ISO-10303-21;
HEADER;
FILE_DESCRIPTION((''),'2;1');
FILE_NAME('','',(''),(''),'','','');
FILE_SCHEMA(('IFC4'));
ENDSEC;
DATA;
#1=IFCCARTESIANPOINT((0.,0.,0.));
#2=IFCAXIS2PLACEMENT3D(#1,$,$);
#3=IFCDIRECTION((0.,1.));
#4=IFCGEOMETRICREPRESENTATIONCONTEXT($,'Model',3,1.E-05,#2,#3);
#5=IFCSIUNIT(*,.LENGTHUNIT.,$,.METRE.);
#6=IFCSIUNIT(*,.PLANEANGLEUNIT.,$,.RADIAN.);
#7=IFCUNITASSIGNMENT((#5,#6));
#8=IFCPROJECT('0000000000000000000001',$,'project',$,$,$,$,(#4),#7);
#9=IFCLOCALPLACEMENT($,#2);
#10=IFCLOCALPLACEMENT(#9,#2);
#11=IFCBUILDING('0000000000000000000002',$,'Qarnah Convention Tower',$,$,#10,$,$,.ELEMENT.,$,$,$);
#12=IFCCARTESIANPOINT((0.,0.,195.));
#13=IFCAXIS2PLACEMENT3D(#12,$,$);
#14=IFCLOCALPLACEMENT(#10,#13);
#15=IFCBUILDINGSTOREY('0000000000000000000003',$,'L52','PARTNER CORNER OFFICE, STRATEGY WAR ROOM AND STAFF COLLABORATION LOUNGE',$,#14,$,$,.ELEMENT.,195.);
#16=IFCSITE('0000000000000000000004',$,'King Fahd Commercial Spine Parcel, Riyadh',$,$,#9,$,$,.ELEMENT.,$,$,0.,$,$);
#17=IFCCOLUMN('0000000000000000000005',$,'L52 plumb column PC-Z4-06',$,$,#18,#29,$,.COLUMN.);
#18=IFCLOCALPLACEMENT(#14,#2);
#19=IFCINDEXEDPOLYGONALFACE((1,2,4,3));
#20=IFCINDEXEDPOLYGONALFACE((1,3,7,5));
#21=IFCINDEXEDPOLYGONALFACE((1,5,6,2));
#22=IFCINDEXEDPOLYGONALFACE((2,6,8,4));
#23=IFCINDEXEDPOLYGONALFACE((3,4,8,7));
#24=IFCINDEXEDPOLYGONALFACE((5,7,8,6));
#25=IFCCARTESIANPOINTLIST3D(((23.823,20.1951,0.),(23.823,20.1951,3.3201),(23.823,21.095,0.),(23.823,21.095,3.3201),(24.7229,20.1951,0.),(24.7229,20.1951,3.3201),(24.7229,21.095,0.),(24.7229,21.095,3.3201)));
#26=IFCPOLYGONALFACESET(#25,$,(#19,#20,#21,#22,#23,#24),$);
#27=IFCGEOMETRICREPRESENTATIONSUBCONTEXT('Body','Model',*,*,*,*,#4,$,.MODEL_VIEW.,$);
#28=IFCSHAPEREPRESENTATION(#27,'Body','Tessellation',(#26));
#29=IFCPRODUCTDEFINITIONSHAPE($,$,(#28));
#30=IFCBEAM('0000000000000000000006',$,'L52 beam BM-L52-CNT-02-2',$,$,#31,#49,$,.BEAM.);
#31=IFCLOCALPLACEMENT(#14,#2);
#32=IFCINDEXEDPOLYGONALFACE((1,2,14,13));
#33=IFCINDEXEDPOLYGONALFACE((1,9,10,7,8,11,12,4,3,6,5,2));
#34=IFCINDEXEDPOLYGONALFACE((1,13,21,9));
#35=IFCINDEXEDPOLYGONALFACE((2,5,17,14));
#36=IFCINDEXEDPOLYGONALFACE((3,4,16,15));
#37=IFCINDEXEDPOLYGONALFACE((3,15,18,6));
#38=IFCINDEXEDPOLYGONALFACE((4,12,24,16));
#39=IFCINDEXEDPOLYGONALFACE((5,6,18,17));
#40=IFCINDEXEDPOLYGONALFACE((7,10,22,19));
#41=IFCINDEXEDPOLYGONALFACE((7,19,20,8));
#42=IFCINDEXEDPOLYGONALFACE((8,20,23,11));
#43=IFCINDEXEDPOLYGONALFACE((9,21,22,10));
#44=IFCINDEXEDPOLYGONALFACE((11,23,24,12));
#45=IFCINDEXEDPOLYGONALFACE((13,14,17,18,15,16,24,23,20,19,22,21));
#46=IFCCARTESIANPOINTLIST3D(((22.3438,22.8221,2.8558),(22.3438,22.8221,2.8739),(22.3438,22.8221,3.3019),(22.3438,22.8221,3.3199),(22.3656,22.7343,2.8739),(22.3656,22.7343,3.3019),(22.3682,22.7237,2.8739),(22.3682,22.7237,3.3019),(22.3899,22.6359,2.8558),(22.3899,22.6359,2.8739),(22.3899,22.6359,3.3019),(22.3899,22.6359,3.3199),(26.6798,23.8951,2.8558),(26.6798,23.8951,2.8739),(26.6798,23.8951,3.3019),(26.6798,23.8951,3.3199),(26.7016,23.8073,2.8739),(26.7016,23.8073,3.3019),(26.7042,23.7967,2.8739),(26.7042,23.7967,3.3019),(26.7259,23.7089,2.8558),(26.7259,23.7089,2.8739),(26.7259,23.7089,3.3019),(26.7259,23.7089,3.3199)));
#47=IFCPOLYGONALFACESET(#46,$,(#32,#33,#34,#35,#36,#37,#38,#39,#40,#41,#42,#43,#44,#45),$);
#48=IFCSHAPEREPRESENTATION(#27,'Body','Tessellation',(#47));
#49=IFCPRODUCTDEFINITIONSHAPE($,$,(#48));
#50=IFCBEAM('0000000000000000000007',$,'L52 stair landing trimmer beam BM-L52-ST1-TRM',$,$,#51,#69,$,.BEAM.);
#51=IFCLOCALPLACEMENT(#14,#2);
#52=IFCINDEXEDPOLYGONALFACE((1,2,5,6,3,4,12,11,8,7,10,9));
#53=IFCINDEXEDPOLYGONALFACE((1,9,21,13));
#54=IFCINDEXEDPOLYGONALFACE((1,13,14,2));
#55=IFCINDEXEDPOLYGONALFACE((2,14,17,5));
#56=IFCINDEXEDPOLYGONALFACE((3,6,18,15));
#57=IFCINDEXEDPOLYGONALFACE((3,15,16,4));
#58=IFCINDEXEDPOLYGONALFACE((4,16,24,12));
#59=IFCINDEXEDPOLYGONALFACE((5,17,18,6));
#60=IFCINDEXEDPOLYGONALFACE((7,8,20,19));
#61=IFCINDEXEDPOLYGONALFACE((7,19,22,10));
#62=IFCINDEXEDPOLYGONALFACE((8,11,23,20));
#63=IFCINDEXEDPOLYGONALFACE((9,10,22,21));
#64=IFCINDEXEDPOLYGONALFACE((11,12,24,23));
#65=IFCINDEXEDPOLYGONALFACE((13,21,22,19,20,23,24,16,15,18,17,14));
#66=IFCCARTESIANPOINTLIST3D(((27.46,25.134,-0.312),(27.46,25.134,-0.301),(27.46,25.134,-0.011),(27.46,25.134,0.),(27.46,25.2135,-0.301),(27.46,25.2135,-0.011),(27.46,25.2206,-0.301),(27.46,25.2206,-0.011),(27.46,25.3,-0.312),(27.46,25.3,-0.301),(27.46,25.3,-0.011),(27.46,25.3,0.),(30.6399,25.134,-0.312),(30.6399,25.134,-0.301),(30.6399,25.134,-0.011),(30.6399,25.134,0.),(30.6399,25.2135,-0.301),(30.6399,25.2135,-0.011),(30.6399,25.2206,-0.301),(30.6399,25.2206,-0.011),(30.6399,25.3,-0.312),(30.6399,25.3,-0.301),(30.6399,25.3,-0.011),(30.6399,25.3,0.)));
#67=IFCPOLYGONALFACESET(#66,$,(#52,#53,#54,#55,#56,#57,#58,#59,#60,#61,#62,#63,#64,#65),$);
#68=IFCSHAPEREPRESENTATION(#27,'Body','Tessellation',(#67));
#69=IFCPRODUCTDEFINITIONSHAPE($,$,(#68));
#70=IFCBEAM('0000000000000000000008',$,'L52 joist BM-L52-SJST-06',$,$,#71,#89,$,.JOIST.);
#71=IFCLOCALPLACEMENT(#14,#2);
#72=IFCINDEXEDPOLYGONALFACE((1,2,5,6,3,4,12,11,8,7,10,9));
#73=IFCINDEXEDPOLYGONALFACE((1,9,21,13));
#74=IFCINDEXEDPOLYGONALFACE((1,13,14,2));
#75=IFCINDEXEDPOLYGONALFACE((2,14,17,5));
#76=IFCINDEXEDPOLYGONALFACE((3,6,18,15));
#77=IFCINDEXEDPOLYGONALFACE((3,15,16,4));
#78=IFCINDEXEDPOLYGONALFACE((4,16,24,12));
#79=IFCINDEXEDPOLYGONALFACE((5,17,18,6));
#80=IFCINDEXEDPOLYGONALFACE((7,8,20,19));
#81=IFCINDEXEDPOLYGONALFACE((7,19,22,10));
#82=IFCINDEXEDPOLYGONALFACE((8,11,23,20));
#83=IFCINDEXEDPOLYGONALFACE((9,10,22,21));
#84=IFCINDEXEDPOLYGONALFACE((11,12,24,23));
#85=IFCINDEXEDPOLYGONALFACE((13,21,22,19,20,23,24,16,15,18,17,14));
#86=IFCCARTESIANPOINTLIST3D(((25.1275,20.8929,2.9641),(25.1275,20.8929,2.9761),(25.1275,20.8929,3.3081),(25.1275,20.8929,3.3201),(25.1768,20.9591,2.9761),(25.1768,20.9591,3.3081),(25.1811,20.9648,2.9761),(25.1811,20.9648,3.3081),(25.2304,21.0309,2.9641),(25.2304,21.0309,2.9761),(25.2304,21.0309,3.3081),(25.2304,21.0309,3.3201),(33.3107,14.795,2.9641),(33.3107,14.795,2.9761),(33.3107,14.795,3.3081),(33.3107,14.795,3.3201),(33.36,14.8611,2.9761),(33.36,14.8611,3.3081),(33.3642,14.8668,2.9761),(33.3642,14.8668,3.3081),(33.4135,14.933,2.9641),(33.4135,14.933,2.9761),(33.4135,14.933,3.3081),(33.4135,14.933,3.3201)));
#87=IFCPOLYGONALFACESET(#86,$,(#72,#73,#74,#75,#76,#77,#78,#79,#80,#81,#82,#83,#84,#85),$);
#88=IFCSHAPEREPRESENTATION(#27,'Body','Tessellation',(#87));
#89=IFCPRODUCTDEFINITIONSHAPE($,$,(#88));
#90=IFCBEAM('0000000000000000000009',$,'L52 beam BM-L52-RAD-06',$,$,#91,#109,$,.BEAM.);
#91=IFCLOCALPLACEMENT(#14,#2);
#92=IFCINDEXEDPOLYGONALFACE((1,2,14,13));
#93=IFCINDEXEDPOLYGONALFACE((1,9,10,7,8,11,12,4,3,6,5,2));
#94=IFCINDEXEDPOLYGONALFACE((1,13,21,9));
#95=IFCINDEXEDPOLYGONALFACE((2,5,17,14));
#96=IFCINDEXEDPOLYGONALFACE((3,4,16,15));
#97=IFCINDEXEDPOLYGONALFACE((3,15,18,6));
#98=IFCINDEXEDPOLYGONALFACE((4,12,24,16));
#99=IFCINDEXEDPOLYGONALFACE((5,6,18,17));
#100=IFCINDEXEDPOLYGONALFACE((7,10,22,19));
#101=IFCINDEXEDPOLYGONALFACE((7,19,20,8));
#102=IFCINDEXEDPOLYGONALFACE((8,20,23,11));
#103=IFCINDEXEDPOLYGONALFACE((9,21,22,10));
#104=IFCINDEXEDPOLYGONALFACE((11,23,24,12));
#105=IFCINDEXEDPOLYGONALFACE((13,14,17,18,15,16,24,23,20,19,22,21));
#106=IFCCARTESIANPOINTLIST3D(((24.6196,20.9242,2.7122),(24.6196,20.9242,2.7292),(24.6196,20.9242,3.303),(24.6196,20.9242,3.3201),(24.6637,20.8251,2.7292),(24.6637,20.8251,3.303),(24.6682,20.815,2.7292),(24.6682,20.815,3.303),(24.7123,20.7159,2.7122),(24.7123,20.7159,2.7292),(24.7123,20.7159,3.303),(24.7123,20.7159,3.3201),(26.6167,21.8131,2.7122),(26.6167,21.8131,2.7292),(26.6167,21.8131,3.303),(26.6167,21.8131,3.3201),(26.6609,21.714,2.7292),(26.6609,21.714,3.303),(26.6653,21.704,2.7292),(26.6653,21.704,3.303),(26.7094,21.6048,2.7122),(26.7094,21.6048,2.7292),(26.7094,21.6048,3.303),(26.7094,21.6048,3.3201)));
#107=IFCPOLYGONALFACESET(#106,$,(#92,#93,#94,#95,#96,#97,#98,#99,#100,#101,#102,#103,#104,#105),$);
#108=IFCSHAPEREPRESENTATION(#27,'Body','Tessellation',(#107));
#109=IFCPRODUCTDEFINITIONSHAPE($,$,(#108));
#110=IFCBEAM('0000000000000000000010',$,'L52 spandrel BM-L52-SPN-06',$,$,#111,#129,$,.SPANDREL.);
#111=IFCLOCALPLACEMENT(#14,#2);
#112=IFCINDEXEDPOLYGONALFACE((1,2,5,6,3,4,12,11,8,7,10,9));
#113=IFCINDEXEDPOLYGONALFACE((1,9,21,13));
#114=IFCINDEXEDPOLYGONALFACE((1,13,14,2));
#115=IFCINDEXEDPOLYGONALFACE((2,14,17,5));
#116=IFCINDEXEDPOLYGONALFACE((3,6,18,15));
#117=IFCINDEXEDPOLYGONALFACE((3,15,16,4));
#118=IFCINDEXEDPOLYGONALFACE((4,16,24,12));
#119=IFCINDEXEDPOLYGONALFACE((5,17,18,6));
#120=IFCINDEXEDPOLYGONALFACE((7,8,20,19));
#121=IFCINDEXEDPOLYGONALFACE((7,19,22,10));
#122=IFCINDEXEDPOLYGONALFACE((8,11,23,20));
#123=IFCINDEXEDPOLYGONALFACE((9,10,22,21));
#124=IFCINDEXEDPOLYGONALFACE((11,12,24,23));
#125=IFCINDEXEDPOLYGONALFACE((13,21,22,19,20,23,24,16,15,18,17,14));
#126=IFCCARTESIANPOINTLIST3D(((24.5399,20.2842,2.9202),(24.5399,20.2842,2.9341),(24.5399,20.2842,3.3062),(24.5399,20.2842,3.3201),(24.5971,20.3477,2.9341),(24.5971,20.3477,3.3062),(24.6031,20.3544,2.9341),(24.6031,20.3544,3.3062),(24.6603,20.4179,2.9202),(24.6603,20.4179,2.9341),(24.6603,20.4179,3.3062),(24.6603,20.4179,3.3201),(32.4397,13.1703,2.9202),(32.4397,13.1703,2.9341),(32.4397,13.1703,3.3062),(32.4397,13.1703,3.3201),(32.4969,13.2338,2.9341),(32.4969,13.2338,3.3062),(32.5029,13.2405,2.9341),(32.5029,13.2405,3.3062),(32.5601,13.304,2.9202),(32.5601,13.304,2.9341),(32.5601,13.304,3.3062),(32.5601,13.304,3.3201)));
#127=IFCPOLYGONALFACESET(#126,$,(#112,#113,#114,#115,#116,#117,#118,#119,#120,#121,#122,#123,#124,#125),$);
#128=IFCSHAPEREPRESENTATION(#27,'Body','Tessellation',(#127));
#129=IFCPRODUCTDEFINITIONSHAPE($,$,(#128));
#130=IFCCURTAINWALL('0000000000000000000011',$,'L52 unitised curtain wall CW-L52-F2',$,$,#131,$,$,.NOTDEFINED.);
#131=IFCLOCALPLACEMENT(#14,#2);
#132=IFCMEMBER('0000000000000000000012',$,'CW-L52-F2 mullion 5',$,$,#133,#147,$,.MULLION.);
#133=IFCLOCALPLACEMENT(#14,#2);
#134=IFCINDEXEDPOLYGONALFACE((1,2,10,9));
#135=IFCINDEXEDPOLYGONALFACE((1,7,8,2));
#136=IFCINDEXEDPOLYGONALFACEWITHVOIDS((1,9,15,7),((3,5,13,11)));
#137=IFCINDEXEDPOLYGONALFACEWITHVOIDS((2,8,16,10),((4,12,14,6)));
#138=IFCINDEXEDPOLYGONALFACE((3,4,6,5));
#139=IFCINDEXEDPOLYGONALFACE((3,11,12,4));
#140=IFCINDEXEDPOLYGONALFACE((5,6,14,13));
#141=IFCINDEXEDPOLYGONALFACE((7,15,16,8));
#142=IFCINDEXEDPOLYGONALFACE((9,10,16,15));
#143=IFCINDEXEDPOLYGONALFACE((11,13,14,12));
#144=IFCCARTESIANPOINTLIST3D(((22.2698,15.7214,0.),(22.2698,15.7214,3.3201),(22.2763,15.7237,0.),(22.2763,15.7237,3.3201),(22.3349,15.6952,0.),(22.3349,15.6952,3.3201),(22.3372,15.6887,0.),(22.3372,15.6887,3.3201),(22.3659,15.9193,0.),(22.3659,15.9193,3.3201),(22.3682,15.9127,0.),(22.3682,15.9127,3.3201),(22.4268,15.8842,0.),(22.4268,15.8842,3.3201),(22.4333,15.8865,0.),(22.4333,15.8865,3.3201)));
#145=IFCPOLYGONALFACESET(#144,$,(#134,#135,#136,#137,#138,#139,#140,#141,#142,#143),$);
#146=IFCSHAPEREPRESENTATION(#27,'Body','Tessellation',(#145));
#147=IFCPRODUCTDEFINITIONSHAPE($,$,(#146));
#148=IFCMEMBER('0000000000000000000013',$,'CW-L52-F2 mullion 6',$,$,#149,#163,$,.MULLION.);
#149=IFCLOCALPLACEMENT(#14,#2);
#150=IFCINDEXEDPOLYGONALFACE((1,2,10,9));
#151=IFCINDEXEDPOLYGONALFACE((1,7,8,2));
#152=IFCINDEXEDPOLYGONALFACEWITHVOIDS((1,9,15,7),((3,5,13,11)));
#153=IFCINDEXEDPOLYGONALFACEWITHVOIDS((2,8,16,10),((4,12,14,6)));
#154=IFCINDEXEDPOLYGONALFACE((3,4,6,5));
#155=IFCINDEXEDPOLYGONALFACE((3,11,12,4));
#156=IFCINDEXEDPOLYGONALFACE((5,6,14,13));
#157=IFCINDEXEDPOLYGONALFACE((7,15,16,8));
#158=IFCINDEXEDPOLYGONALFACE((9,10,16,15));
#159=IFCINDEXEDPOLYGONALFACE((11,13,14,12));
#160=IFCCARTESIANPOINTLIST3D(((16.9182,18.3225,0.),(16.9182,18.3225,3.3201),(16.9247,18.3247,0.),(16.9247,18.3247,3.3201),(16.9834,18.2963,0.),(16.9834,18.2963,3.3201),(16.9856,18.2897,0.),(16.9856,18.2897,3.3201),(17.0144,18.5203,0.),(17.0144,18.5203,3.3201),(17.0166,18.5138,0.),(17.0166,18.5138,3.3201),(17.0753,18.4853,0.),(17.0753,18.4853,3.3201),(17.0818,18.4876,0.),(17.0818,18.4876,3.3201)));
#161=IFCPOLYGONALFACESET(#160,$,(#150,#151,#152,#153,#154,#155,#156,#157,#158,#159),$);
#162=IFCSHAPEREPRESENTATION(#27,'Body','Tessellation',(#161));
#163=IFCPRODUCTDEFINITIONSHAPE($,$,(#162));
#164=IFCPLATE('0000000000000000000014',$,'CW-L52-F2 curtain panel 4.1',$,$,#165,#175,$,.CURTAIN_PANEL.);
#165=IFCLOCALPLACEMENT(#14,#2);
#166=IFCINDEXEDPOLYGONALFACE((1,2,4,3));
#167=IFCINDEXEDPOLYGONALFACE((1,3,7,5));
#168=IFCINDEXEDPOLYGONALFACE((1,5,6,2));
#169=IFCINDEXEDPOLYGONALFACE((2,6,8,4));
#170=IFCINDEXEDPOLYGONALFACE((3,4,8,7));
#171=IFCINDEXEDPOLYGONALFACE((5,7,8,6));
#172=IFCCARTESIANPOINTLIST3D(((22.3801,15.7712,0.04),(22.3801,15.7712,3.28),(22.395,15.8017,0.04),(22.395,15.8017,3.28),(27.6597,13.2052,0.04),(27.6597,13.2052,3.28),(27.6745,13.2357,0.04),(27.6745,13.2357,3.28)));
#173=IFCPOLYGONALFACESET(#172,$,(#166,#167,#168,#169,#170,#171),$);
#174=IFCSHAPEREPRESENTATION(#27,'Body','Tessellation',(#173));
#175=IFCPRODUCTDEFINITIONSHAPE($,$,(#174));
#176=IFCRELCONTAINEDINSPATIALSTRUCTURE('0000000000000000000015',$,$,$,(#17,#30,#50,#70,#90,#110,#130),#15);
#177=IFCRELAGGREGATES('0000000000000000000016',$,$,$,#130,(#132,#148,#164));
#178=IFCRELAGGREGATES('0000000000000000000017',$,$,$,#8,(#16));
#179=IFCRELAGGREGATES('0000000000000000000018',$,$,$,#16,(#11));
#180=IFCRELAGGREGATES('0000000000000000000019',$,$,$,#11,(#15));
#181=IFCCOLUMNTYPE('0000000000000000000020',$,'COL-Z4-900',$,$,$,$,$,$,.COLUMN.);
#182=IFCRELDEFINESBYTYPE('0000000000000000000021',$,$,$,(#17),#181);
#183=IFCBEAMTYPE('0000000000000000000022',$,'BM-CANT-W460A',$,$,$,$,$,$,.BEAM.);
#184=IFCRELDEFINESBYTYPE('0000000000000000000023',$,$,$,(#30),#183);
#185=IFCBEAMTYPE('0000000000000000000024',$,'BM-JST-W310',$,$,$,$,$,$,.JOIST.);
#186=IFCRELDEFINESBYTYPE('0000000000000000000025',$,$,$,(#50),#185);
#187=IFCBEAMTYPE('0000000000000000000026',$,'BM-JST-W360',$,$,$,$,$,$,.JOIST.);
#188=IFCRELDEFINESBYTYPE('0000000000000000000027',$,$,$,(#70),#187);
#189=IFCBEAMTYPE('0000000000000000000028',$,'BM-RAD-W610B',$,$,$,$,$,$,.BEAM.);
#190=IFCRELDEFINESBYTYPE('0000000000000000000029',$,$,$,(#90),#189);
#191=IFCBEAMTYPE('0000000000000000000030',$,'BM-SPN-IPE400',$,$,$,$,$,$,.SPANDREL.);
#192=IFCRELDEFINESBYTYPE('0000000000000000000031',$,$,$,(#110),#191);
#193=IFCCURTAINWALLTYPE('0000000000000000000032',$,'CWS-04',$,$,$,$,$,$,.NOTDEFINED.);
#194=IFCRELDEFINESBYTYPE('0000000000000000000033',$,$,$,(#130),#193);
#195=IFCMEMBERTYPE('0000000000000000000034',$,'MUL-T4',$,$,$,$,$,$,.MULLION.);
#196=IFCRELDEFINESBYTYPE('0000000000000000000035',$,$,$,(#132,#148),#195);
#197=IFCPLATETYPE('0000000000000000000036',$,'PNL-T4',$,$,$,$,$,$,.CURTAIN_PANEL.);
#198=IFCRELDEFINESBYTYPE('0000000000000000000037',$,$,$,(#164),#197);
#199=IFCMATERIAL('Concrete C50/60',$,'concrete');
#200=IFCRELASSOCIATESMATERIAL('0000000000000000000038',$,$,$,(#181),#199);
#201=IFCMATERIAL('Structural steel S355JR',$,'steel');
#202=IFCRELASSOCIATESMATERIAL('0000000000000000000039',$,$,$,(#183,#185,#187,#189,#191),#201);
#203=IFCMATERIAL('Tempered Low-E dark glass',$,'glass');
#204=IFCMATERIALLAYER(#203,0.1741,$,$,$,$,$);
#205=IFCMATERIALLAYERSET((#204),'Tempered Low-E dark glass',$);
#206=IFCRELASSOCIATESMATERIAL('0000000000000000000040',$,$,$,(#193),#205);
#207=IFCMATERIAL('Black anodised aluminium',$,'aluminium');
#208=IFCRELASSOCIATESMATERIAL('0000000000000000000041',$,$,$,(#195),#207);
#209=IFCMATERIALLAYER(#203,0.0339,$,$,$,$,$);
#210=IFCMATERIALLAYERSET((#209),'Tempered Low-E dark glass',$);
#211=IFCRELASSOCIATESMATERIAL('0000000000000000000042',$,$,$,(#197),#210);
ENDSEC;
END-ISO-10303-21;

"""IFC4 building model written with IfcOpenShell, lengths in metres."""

from ifc_helpers import new_model, si_unit, direction, frame, origin, origin_2d, place, context, subcontext, project, spatial, rectangle, hollow_rectangle, i_section, extrude, material, layer, layer_set, material_profile, profile_set, type_object, element, aggregate, save


model = new_model("IFC4")

# Units and contexts
model_context = context("Model", 3, precision=1e-05, world=origin(), true_north=direction((0.0, 1.0)))
body_context = subcontext(model_context, "Body", "Model", "MODEL_VIEW")
ifc_project = project(units=[si_unit("LENGTHUNIT", "METRE"), si_unit("PLANEANGLEUNIT", "RADIAN")], contexts=[model_context])

# Site, building, storey
site_placement = place(None, origin())
site = spatial("IfcSite", under=ifc_project, at=site_placement, Name="King Fahd Commercial Spine Parcel, Riyadh", CompositionType="ELEMENT", RefElevation=0.0)
building_placement = place(site_placement, origin())
building = spatial("IfcBuilding", under=site, at=building_placement, Name="Qarnah Convention Tower", CompositionType="ELEMENT")
storey_placement = place(building_placement, frame((0.0, 0.0, 195.0)))
storey = spatial("IfcBuildingStorey", under=building, at=storey_placement, Name="L52", Description="PARTNER CORNER OFFICE, STRATEGY WAR ROOM AND STAFF COLLABORATION LOUNGE", CompositionType="ELEMENT", Elevation=195.0)

# Column
ifc_material_1 = material(Name="Concrete C50/60", Category="concrete")
ifc_material_profile_1 = material_profile(ifc_material_1, rectangle(XDim=0.8999, YDim=0.8999, at=origin_2d()), Name="RC-COL-900X900")
ifc_profile_set_1 = profile_set([ifc_material_profile_1], Name="Concrete C50/60")
column_type = type_object("IfcColumnType", Name="COL-Z4-900", PredefinedType="COLUMN", material=ifc_profile_set_1)
column_placement = place(storey_placement, frame((24.2729, 20.645, 0.0), z_axis=(0.0, 0.0, 1.0), x_axis=(1.0, 0.0, 0.0)))
element("IfcColumn", 1, at=column_placement, inside=storey, type_object=column_type, Name="L52 plumb column PC-Z4-06", PredefinedType="COLUMN", context=body_context, shape_type="SweptSolid", body=[
    extrude(rectangle(XDim=0.8999, YDim=0.8999, at=origin_2d()), origin(), (0.0, 0.0, 1.0), 3.3201),
])

# Beams
ifc_material_2 = material(Name="Structural steel S355JR", Category="steel")
ifc_material_profile_2 = material_profile(ifc_material_2, i_section(OverallWidth=0.1919, OverallDepth=0.4641, WebThickness=0.011, FlangeThickness=0.0181, at=origin_2d()), Name="W460X89")
ifc_profile_set_2 = profile_set([ifc_material_profile_2], Name="Structural steel S355JR")
beam_type_1 = type_object("IfcBeamType", Name="BM-CANT-W460A", PredefinedType="BEAM", material=ifc_profile_set_2)
beam_1_placement = place(storey_placement, frame((26.7029, 23.802, 3.0879), z_axis=(-0.970718, -0.24022, 0.0), x_axis=(0.24022, -0.970718, 0.0)))
element("IfcBeam", 2, at=beam_1_placement, inside=storey, type_object=beam_type_1, Name="L52 beam BM-L52-CNT-02-2", PredefinedType="BEAM", context=body_context, shape_type="SweptSolid", body=[
    extrude(i_section(OverallWidth=0.1919, OverallDepth=0.4641, WebThickness=0.011, FlangeThickness=0.0181, at=origin_2d()), origin(), (0.0, 0.0, 1.0), 4.4668),
])
ifc_material_profile_3 = material_profile(ifc_material_2, i_section(OverallWidth=0.166, OverallDepth=0.312, WebThickness=0.0071, FlangeThickness=0.011, at=origin_2d()), Name="W310X45")
ifc_profile_set_3 = profile_set([ifc_material_profile_3], Name="Structural steel S355JR")
beam_type_2 = type_object("IfcBeamType", Name="BM-JST-W310", PredefinedType="JOIST", material=ifc_profile_set_3)
beam_2_placement = place(storey_placement, frame((27.46, 25.217, -0.156), z_axis=(1.0, 0.0, 0.0), x_axis=(0.0, 1.0, 0.0)))
element("IfcBeam", 3, at=beam_2_placement, inside=storey, type_object=beam_type_2, Name="L52 stair landing trimmer beam BM-L52-ST1-TRM", PredefinedType="BEAM", context=body_context, shape_type="SweptSolid", body=[
    extrude(i_section(OverallWidth=0.166, OverallDepth=0.312, WebThickness=0.0071, FlangeThickness=0.011, at=origin_2d()), origin(), (0.0, 0.0, 1.0), 3.1799),
])
ifc_material_profile_4 = material_profile(ifc_material_2, i_section(OverallWidth=0.1721, OverallDepth=0.356, WebThickness=0.0071, FlangeThickness=0.012, at=origin_2d()), Name="W360X51")
ifc_profile_set_4 = profile_set([ifc_material_profile_4], Name="Structural steel S355JR")
beam_type_3 = type_object("IfcBeamType", Name="BM-JST-W360", PredefinedType="JOIST", material=ifc_profile_set_4)
beam_3_placement = place(storey_placement, frame((25.179, 20.9619, 3.1421), z_axis=(0.801851, -0.597524, 0.0), x_axis=(0.597524, 0.801851, 0.0)))
element("IfcBeam", 4, at=beam_3_placement, inside=storey, type_object=beam_type_3, Name="L52 joist BM-L52-SJST-06", PredefinedType="JOIST", context=body_context, shape_type="SweptSolid", body=[
    extrude(i_section(OverallWidth=0.1721, OverallDepth=0.356, WebThickness=0.0071, FlangeThickness=0.012, at=origin_2d()), origin(), (0.0, 0.0, 1.0), 10.2053),
])
ifc_material_profile_5 = material_profile(ifc_material_2, i_section(OverallWidth=0.228, OverallDepth=0.6079, WebThickness=0.011, FlangeThickness=0.0171, at=origin_2d()), Name="W610X113")
ifc_profile_set_5 = profile_set([ifc_material_profile_5], Name="Structural steel S355JR")
beam_type_4 = type_object("IfcBeamType", Name="BM-RAD-W610B", PredefinedType="BEAM", material=ifc_profile_set_5)
beam_4_placement = place(storey_placement, frame((26.6631, 21.709, 3.0161), z_axis=(-0.913586, -0.406646, 0.0), x_axis=(0.406646, -0.913586, 0.0)))
element("IfcBeam", 5, at=beam_4_placement, inside=storey, type_object=beam_type_4, Name="L52 beam BM-L52-RAD-06", PredefinedType="BEAM", context=body_context, shape_type="SweptSolid", body=[
    extrude(i_section(OverallWidth=0.228, OverallDepth=0.6079, WebThickness=0.011, FlangeThickness=0.0171, at=origin_2d()), origin(), (0.0, 0.0, 1.0), 2.186),
])
ifc_material_profile_6 = material_profile(ifc_material_2, i_section(OverallWidth=0.1799, OverallDepth=0.3999, WebThickness=0.009, FlangeThickness=0.0139, at=origin_2d()), Name="IPE400")
ifc_profile_set_6 = profile_set([ifc_material_profile_6], Name="Structural steel S355JR")
beam_type_5 = type_object("IfcBeamType", Name="BM-SPN-IPE400", PredefinedType="SPANDREL", material=ifc_profile_set_6)
beam_5_placement = place(storey_placement, frame((24.6001, 20.3511, 3.1201), z_axis=(0.743102, -0.669178, 0.0), x_axis=(0.669178, 0.743102, 0.0)))
element("IfcBeam", 6, at=beam_5_placement, inside=storey, type_object=beam_type_5, Name="L52 spandrel BM-L52-SPN-06", PredefinedType="SPANDREL", context=body_context, shape_type="SweptSolid", body=[
    extrude(i_section(OverallWidth=0.1799, OverallDepth=0.3999, WebThickness=0.009, FlangeThickness=0.0139, at=origin_2d()), origin(), (0.0, 0.0, 1.0), 10.6309),
])

# Curtain wall, members, plate
ifc_material_3 = material(Name="Tempered Low-E dark glass", Category="glass")
ifc_layer_1 = layer(ifc_material_3, 0.1741)
ifc_layer_set_1 = layer_set([ifc_layer_1], Name="Tempered Low-E dark glass")
curtain_wall_type = type_object("IfcCurtainWallType", Name="CWS-04", PredefinedType="NOTDEFINED", material=ifc_layer_set_1)
curtain_wall_placement = place(storey_placement, origin())
curtain_wall = element("IfcCurtainWall", 7, at=curtain_wall_placement, inside=storey, type_object=curtain_wall_type, Name="L52 unitised curtain wall CW-L52-F2", PredefinedType="NOTDEFINED")
ifc_material_4 = material(Name="Black anodised aluminium", Category="aluminium")
ifc_material_profile_7 = material_profile(ifc_material_4, hollow_rectangle(XDim=0.075, YDim=0.22, WallThickness=0.0049, at=origin_2d()), Name="MUL-75X220")
ifc_profile_set_7 = profile_set([ifc_material_profile_7], Name="Black anodised aluminium")
member_type = type_object("IfcMemberType", Name="MUL-T4", PredefinedType="MULLION", material=ifc_profile_set_7)
member_1_placement = place(storey_placement, frame((22.3516, 15.804, 0.0), z_axis=(0.0, 0.0, 1.0), x_axis=(-0.899399, 0.437129, 0.0)))
member_1 = element("IfcMember", 8, at=member_1_placement, type_object=member_type, Name="CW-L52-F2 mullion 5", PredefinedType="MULLION", context=body_context, shape_type="SweptSolid", body=[
    extrude(hollow_rectangle(XDim=0.075, YDim=0.22, WallThickness=0.0049, at=origin_2d()), origin(), (0.0, 0.0, 1.0), 3.3201),
])
member_2_placement = place(storey_placement, frame((17.0, 18.405, 0.0), z_axis=(0.0, 0.0, 1.0), x_axis=(-0.899399, 0.437129, 0.0)))
member_2 = element("IfcMember", 9, at=member_2_placement, type_object=member_type, Name="CW-L52-F2 mullion 6", PredefinedType="MULLION", context=body_context, shape_type="SweptSolid", body=[
    extrude(hollow_rectangle(XDim=0.075, YDim=0.22, WallThickness=0.0049, at=origin_2d()), origin(), (0.0, 0.0, 1.0), 3.3201),
])
ifc_layer_2 = layer(ifc_material_3, 0.0339)
ifc_layer_set_2 = layer_set([ifc_layer_2], Name="Tempered Low-E dark glass")
plate_type = type_object("IfcPlateType", Name="PNL-T4", PredefinedType="CURTAIN_PANEL", material=ifc_layer_set_2)
plate_1_placement = place(storey_placement, frame((25.0273, 14.5034, 0.04), z_axis=(0.0, 0.0, 1.0), x_axis=(-0.899399, 0.437129, 0.0)))
plate_1 = element("IfcPlate", 10, at=plate_1_placement, type_object=plate_type, Name="CW-L52-F2 curtain panel 4.1", PredefinedType="CURTAIN_PANEL", context=body_context, shape_type="SweptSolid", body=[
    extrude(rectangle(XDim=5.8701, YDim=0.0339, at=origin_2d()), origin(), (0.0, 0.0, 1.0), 3.24),
])
aggregate(curtain_wall, [member_1, member_2, plate_1])

save(model, "model.ifc")
